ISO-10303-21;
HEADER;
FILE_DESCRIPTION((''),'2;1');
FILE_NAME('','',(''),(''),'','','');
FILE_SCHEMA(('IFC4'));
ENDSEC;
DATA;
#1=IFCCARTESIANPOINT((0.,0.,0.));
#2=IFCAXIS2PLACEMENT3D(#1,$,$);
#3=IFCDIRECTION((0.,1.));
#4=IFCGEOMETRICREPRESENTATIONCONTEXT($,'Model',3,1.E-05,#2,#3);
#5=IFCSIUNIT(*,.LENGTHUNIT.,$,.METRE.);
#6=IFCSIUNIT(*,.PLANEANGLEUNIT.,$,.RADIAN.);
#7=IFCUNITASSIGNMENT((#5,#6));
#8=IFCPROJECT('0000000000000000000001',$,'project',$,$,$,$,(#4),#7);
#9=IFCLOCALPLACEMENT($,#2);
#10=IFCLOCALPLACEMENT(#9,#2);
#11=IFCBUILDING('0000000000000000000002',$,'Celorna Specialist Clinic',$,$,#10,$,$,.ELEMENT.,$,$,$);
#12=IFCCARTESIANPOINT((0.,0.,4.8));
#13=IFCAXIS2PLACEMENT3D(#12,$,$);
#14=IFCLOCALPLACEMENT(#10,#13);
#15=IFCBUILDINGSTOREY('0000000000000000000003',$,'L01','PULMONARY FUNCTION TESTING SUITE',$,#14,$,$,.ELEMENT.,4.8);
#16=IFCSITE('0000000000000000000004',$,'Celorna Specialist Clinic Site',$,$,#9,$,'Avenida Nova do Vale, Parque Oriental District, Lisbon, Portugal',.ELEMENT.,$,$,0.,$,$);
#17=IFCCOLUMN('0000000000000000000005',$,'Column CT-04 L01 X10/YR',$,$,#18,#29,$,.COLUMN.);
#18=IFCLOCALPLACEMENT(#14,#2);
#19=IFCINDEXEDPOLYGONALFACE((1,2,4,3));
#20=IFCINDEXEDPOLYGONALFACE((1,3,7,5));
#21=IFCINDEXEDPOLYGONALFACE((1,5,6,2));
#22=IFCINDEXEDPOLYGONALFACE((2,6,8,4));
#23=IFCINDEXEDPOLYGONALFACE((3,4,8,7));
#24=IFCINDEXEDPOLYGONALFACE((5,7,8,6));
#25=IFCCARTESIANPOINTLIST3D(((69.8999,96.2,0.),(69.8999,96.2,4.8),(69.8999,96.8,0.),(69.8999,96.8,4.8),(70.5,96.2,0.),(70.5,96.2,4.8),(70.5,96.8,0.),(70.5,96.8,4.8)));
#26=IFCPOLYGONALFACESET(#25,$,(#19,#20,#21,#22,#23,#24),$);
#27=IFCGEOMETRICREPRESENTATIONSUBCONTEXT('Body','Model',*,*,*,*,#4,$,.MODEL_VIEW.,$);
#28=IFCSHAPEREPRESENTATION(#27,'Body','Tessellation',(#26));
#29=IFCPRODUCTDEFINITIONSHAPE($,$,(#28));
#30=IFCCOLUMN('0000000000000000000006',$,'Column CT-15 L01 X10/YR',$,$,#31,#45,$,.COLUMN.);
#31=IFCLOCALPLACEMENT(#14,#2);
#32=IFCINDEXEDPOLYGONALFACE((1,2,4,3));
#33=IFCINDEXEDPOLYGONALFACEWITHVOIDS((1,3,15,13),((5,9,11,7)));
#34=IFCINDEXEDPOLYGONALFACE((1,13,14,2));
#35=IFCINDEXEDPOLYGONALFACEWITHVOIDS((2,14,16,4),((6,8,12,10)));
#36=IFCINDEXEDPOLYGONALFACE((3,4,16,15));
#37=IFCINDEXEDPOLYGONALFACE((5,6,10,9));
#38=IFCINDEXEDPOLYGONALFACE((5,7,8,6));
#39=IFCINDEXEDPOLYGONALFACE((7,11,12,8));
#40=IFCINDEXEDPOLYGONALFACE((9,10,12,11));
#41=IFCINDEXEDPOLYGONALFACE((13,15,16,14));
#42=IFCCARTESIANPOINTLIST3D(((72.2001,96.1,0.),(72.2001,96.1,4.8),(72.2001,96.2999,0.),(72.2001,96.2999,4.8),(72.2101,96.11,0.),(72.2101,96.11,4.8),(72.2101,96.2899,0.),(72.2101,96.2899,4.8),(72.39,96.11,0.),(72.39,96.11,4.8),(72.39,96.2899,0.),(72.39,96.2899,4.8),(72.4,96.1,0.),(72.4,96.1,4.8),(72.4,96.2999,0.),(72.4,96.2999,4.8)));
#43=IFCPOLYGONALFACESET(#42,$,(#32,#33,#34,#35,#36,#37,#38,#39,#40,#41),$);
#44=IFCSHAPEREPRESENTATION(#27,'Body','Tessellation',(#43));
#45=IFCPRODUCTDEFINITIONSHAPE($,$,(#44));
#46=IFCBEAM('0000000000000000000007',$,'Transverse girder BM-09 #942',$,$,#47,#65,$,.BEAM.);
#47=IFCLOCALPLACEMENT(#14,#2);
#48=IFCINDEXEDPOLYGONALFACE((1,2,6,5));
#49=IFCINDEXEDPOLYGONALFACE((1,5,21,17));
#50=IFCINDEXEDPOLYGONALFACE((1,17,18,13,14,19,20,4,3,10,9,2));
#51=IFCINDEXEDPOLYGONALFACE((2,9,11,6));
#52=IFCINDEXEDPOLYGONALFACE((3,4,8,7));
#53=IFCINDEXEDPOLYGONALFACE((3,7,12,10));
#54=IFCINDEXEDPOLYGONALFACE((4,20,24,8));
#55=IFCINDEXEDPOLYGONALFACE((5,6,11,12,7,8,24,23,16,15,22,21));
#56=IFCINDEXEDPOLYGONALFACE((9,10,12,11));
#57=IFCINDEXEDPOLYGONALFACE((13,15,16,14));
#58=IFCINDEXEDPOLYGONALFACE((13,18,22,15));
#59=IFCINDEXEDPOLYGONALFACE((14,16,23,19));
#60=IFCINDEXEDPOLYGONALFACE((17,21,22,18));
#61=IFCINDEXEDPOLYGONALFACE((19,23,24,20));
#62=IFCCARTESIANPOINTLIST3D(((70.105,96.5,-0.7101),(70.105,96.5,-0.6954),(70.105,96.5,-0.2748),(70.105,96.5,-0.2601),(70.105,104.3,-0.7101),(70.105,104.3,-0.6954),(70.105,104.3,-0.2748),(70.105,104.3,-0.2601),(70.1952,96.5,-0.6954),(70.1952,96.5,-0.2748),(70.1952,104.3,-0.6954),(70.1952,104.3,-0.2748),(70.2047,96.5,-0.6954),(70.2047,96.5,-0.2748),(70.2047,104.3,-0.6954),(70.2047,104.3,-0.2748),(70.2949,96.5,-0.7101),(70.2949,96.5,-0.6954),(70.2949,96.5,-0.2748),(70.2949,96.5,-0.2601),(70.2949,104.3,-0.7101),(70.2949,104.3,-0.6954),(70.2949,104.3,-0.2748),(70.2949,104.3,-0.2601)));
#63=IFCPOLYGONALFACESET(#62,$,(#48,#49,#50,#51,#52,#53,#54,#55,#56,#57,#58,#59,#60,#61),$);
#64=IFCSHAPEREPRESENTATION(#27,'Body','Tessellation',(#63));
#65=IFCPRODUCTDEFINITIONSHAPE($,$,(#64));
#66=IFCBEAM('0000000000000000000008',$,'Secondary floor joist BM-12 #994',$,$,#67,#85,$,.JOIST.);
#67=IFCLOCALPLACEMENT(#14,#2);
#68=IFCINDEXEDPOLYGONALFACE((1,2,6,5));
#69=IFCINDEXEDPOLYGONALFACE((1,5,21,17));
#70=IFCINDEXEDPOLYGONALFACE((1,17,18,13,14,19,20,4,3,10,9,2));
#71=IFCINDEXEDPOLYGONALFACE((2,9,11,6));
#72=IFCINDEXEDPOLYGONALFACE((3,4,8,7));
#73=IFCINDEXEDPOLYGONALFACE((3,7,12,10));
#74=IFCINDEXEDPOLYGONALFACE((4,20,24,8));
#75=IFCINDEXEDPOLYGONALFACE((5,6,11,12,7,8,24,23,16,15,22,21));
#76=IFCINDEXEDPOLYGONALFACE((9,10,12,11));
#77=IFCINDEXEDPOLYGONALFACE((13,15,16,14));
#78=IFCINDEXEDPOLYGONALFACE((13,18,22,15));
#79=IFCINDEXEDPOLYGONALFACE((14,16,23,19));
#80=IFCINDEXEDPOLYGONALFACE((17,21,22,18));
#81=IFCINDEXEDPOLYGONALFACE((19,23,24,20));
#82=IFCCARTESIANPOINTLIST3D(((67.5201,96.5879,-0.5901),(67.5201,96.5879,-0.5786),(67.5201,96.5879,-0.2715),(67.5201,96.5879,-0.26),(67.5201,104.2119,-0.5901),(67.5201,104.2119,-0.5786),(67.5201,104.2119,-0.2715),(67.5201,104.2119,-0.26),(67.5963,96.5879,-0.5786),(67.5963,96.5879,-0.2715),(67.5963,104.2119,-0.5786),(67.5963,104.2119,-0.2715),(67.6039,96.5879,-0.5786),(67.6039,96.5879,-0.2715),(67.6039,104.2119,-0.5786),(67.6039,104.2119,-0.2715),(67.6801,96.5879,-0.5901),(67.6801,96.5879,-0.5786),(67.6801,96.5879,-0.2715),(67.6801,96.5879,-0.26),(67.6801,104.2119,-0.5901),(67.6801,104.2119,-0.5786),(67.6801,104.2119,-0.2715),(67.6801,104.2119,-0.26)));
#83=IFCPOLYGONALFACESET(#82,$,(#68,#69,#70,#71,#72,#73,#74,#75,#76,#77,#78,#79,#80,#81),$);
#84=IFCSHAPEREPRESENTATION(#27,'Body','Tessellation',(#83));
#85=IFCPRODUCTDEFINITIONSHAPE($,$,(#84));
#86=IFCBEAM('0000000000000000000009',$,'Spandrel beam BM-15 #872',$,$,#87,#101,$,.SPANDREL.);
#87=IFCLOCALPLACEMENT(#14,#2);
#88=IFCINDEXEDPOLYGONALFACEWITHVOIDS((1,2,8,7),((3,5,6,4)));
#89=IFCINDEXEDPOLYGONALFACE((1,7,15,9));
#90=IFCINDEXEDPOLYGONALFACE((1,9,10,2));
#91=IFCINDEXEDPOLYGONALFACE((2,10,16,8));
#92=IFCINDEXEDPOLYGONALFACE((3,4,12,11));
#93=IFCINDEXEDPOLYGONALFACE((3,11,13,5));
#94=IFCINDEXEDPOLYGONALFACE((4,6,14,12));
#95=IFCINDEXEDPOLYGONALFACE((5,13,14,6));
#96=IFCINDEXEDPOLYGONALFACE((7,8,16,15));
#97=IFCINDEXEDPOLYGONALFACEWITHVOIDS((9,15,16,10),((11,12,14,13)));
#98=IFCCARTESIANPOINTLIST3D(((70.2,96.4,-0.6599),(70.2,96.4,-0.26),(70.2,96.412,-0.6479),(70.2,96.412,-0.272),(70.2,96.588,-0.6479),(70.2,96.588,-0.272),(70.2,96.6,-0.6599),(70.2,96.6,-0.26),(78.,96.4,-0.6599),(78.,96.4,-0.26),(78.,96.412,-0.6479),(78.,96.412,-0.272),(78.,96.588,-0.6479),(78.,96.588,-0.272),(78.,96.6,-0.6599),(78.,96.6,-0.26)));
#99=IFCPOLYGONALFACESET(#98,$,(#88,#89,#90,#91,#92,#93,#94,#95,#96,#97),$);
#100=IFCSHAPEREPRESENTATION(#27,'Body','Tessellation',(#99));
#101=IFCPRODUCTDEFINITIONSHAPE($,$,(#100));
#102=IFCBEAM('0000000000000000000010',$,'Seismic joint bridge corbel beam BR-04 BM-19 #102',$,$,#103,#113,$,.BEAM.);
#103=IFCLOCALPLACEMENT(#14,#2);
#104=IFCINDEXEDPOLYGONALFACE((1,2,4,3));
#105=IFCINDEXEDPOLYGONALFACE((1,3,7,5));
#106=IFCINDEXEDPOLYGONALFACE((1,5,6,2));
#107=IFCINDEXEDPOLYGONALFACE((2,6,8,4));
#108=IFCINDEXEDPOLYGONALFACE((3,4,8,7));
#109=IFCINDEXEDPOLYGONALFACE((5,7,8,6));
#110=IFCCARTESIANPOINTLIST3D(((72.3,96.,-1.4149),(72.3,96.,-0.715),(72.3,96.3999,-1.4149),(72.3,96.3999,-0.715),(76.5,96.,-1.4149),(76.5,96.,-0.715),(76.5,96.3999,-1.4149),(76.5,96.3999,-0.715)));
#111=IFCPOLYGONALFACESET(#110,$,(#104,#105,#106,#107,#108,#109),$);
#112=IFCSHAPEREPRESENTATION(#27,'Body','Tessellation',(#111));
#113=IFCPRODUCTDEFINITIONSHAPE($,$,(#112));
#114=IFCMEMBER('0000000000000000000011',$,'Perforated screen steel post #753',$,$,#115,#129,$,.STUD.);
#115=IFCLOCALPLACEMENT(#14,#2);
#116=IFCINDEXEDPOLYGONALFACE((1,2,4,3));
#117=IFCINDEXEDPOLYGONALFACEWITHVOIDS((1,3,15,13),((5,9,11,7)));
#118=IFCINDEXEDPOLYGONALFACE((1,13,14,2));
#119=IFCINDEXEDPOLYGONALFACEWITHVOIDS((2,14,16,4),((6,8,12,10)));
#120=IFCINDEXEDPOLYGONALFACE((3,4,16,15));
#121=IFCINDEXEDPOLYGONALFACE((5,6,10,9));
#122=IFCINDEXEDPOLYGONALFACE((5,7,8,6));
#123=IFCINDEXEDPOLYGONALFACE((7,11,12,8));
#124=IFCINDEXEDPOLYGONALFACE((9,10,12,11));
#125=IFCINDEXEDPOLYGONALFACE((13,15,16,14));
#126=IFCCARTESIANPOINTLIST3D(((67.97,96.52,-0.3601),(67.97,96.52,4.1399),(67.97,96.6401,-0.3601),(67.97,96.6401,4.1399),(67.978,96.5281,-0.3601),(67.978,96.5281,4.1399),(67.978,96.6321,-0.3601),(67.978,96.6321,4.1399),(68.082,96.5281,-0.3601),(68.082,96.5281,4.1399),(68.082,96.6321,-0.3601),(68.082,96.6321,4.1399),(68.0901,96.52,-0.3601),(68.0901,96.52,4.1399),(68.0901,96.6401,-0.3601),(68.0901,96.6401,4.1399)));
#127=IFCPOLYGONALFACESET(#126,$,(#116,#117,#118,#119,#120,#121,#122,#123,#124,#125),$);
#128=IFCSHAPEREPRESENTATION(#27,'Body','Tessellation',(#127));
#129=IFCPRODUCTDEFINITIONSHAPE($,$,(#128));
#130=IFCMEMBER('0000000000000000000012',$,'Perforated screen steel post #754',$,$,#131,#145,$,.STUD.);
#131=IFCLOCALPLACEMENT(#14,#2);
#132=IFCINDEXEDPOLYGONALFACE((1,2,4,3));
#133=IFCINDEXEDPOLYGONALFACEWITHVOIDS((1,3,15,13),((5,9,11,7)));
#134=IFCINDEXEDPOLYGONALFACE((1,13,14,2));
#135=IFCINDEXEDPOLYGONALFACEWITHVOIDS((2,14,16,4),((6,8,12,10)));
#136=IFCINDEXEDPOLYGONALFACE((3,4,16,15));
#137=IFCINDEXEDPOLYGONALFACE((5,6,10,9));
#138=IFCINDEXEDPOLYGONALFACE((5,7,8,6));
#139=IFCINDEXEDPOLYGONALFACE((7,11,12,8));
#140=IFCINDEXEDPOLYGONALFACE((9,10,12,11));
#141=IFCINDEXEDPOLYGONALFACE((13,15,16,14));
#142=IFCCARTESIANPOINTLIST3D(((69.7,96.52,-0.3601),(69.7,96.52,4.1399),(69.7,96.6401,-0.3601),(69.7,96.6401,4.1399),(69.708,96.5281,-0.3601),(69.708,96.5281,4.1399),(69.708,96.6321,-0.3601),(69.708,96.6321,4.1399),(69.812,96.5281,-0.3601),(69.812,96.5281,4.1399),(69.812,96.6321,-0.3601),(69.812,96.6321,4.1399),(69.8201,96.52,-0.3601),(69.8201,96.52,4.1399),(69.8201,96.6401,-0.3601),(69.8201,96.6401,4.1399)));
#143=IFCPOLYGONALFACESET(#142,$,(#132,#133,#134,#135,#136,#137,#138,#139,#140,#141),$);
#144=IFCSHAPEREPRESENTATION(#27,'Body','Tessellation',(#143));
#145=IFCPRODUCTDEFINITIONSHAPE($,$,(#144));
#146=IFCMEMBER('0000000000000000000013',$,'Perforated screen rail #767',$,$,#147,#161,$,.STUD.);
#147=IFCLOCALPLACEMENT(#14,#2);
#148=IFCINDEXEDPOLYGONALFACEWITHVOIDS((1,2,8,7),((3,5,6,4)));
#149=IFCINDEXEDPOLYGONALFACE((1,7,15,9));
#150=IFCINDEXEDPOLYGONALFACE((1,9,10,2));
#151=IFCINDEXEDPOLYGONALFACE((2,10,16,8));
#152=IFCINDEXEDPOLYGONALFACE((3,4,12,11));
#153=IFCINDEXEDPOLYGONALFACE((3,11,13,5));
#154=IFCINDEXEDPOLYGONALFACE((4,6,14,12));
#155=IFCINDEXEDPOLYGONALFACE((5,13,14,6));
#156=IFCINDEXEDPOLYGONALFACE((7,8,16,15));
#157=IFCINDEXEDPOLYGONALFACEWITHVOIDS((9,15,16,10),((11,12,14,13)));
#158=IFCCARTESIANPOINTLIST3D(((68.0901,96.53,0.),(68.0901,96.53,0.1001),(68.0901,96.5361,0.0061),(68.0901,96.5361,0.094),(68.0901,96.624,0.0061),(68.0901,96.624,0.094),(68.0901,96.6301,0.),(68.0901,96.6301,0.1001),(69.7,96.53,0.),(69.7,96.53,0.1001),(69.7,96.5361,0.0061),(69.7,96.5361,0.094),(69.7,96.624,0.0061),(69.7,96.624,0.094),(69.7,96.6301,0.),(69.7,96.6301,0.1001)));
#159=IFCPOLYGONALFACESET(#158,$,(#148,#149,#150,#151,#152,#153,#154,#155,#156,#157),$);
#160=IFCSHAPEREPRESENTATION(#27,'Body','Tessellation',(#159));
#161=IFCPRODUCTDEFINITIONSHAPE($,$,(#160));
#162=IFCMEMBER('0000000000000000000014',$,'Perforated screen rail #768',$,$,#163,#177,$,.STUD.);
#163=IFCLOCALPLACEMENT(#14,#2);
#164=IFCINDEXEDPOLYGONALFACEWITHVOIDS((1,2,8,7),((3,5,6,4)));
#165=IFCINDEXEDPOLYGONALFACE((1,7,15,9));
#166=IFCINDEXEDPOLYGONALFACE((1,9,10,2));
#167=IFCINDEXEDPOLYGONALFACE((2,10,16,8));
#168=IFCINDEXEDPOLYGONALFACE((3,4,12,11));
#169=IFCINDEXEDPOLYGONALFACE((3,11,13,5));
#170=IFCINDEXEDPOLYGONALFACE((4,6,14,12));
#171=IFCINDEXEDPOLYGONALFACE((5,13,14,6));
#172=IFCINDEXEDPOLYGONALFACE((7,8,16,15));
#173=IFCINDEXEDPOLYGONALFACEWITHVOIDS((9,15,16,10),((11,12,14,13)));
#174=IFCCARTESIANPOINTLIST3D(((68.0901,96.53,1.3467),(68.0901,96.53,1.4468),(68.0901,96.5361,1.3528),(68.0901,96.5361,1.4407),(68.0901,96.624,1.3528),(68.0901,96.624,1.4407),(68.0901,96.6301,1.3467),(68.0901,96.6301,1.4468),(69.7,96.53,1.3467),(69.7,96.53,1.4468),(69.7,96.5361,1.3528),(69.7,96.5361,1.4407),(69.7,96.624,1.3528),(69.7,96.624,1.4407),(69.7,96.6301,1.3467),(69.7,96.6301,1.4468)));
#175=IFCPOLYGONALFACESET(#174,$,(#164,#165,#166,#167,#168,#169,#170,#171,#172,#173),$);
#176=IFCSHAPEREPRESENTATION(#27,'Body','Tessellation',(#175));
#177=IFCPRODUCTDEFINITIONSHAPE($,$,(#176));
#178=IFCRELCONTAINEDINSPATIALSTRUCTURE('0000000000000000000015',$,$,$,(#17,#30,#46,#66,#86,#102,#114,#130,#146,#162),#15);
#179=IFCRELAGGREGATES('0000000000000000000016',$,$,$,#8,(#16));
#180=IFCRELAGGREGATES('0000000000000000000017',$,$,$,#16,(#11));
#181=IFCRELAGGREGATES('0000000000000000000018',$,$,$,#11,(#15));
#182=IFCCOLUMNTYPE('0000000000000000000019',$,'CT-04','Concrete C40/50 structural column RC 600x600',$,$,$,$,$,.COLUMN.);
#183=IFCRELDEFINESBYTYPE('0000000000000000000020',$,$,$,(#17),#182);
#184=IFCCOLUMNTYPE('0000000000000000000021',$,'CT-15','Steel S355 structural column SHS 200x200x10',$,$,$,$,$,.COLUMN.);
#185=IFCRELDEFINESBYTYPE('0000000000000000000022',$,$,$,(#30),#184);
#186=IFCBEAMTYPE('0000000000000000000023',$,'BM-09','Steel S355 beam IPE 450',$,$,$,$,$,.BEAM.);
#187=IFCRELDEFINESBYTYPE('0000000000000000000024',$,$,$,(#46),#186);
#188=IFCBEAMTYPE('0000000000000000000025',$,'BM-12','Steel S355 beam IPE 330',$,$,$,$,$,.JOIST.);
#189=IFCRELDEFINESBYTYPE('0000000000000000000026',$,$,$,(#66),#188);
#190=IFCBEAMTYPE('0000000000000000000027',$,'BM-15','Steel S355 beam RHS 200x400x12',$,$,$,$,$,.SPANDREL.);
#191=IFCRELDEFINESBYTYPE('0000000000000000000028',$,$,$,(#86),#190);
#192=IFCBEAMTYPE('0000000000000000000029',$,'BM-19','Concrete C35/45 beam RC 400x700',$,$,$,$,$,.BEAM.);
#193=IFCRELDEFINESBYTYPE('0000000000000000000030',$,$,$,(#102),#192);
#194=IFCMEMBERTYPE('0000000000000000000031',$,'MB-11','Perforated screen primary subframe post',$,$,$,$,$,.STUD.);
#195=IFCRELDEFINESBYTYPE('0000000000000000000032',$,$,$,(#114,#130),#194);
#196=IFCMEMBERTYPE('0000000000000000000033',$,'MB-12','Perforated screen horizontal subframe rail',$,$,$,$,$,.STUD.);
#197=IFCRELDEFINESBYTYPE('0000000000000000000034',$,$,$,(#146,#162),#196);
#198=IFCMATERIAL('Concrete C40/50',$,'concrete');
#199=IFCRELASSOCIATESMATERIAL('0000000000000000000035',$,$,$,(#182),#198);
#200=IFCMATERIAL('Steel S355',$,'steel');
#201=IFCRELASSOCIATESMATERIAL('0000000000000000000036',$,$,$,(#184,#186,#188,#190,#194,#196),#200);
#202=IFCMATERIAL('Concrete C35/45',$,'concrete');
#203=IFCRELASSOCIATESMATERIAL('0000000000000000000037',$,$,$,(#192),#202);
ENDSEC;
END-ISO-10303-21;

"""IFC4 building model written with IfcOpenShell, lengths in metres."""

from ifc_helpers import new_model, si_unit, direction, frame, origin, origin_2d, place, context, subcontext, project, spatial, rectangle, hollow_rectangle, i_section, extrude, material, material_profile, profile_set, type_object, element, save


model = new_model("IFC4")

# Units and contexts
model_context = context("Model", 3, precision=1e-05, world=origin(), true_north=direction((0.0, 1.0)))
body_context = subcontext(model_context, "Body", "Model", "MODEL_VIEW")
ifc_project = project(units=[si_unit("LENGTHUNIT", "METRE"), si_unit("PLANEANGLEUNIT", "RADIAN")], contexts=[model_context])

# Site, building, storey
site_placement = place(None, origin())
site = spatial("IfcSite", under=ifc_project, at=site_placement, Name="Celorna Specialist Clinic Site", LongName="Avenida Nova do Vale, Parque Oriental District, Lisbon, Portugal", CompositionType="ELEMENT", RefElevation=0.0)
building_placement = place(site_placement, origin())
building = spatial("IfcBuilding", under=site, at=building_placement, Name="Celorna Specialist Clinic", CompositionType="ELEMENT")
storey_placement = place(building_placement, frame((0.0, 0.0, 4.8)))
storey = spatial("IfcBuildingStorey", under=building, at=storey_placement, Name="L01", Description="PULMONARY FUNCTION TESTING SUITE", CompositionType="ELEMENT", Elevation=4.8)

# Columns
ifc_material_1 = material(Name="Concrete C40/50", Category="concrete")
ifc_material_profile_1 = material_profile(ifc_material_1, rectangle(XDim=0.6001, YDim=0.6001, at=origin_2d()), Name="RC 600x600")
ifc_profile_set_1 = profile_set([ifc_material_profile_1], Name="Concrete C40/50")
column_type_1 = type_object("IfcColumnType", Name="CT-04", Description="Concrete C40/50 structural column RC 600x600", PredefinedType="COLUMN", material=ifc_profile_set_1)
column_1_placement = place(storey_placement, frame((70.2, 96.5, 0.0), z_axis=(0.0, 0.0, 1.0), x_axis=(1.0, 0.0, 0.0)))
element("IfcColumn", 1, at=column_1_placement, inside=storey, type_object=column_type_1, Name="Column CT-04 L01 X10/YR", PredefinedType="COLUMN", context=body_context, shape_type="SweptSolid", body=[
    extrude(rectangle(XDim=0.6001, YDim=0.6001, at=origin_2d()), origin(), (0.0, 0.0, 1.0), 4.8),
])
ifc_material_2 = material(Name="Steel S355", Category="steel")
ifc_material_profile_2 = material_profile(ifc_material_2, hollow_rectangle(XDim=0.2, YDim=0.2, WallThickness=0.01, at=origin_2d()), Name="SHS 200x200x10")
ifc_profile_set_2 = profile_set([ifc_material_profile_2], Name="Steel S355")
column_type_2 = type_object("IfcColumnType", Name="CT-15", Description="Steel S355 structural column SHS 200x200x10", PredefinedType="COLUMN", material=ifc_profile_set_2)
column_2_placement = place(storey_placement, frame((72.3, 96.2, 0.0), z_axis=(0.0, 0.0, 1.0), x_axis=(1.0, 0.0, 0.0)))
element("IfcColumn", 2, at=column_2_placement, inside=storey, type_object=column_type_2, Name="Column CT-15 L01 X10/YR", PredefinedType="COLUMN", context=body_context, shape_type="SweptSolid", body=[
    extrude(hollow_rectangle(XDim=0.2, YDim=0.2, WallThickness=0.01, at=origin_2d()), origin(), (0.0, 0.0, 1.0), 4.8),
])

# Beams
ifc_material_profile_3 = material_profile(ifc_material_2, i_section(OverallWidth=0.1899, OverallDepth=0.45, WebThickness=0.0095, FlangeThickness=0.0146, at=origin_2d()), Name="IPE 450")
ifc_profile_set_3 = profile_set([ifc_material_profile_3], Name="Steel S355")
beam_type_1 = type_object("IfcBeamType", Name="BM-09", Description="Steel S355 beam IPE 450", PredefinedType="BEAM", material=ifc_profile_set_3)
beam_1_placement = place(storey_placement, frame((70.2, 96.5, -0.4851), z_axis=(0.0, 1.0, 0.0), x_axis=(-1.0, 0.0, 0.0)))
element("IfcBeam", 3, at=beam_1_placement, inside=storey, type_object=beam_type_1, Name="Transverse girder BM-09 #942", PredefinedType="BEAM", context=body_context, shape_type="SweptSolid", body=[
    extrude(i_section(OverallWidth=0.1899, OverallDepth=0.45, WebThickness=0.0095, FlangeThickness=0.0146, at=origin_2d()), origin(), (0.0, 0.0, 1.0), 7.8),
])
ifc_material_profile_4 = material_profile(ifc_material_2, i_section(OverallWidth=0.1599, OverallDepth=0.3301, WebThickness=0.0076, FlangeThickness=0.0115, at=origin_2d()), Name="IPE 330")
ifc_profile_set_4 = profile_set([ifc_material_profile_4], Name="Steel S355")
beam_type_2 = type_object("IfcBeamType", Name="BM-12", Description="Steel S355 beam IPE 330", PredefinedType="JOIST", material=ifc_profile_set_4)
beam_2_placement = place(storey_placement, frame((67.6001, 96.5879, -0.425), z_axis=(0.0, 1.0, 0.0), x_axis=(-1.0, 0.0, 0.0)))
element("IfcBeam", 4, at=beam_2_placement, inside=storey, type_object=beam_type_2, Name="Secondary floor joist BM-12 #994", PredefinedType="JOIST", context=body_context, shape_type="SweptSolid", body=[
    extrude(i_section(OverallWidth=0.1599, OverallDepth=0.3301, WebThickness=0.0076, FlangeThickness=0.0115, at=origin_2d()), origin(), (0.0, 0.0, 1.0), 7.624),
])
ifc_material_profile_5 = material_profile(ifc_material_2, hollow_rectangle(XDim=0.2, YDim=0.3999, WallThickness=0.012, at=origin_2d()), Name="RHS 200x400x12")
ifc_profile_set_5 = profile_set([ifc_material_profile_5], Name="Steel S355")
beam_type_3 = type_object("IfcBeamType", Name="BM-15", Description="Steel S355 beam RHS 200x400x12", PredefinedType="SPANDREL", material=ifc_profile_set_5)
beam_3_placement = place(storey_placement, frame((70.2, 96.5, -0.46), z_axis=(1.0, 0.0, 0.0), x_axis=(0.0, 1.0, 0.0)))
element("IfcBeam", 5, at=beam_3_placement, inside=storey, type_object=beam_type_3, Name="Spandrel beam BM-15 #872", PredefinedType="SPANDREL", context=body_context, shape_type="SweptSolid", body=[
    extrude(hollow_rectangle(XDim=0.2, YDim=0.3999, WallThickness=0.012, at=origin_2d()), origin(), (0.0, 0.0, 1.0), 7.8),
])
ifc_material_3 = material(Name="Concrete C35/45", Category="concrete")
ifc_material_profile_6 = material_profile(ifc_material_3, rectangle(XDim=0.3999, YDim=0.7, at=origin_2d()), Name="RC 400x700")
ifc_profile_set_6 = profile_set([ifc_material_profile_6], Name="Concrete C35/45")
beam_type_4 = type_object("IfcBeamType", Name="BM-19", Description="Concrete C35/45 beam RC 400x700", PredefinedType="BEAM", material=ifc_profile_set_6)
beam_4_placement = place(storey_placement, frame((72.3, 96.2, -1.0649), z_axis=(1.0, 0.0, 0.0), x_axis=(0.0, 1.0, 0.0)))
element("IfcBeam", 6, at=beam_4_placement, inside=storey, type_object=beam_type_4, Name="Seismic joint bridge corbel beam BR-04 BM-19 #102", PredefinedType="BEAM", context=body_context, shape_type="SweptSolid", body=[
    extrude(rectangle(XDim=0.3999, YDim=0.7, at=origin_2d()), origin(), (0.0, 0.0, 1.0), 4.2),
])

# Members
ifc_material_profile_7 = material_profile(ifc_material_2, hollow_rectangle(XDim=0.1201, YDim=0.1201, WallThickness=0.0081, at=origin_2d()), Name="SHS 120x120x8")
ifc_profile_set_7 = profile_set([ifc_material_profile_7], Name="Steel S355")
member_type_1 = type_object("IfcMemberType", Name="MB-11", Description="Perforated screen primary subframe post", PredefinedType="STUD", material=ifc_profile_set_7)
for number, where, z_axis, x_axis, name in (
    (7, (68.03, 96.5801, -0.3601), (0.0, 0.0, 1.0), (1.0, 0.0, 0.0), "Perforated screen steel post #753"),
    (8, (69.76, 96.5801, -0.3601), (0.0, 0.0, 1.0), (1.0, 0.0, 0.0), "Perforated screen steel post #754"),
):
    element("IfcMember", number, at=place(storey_placement, frame(where, z_axis=z_axis, x_axis=x_axis)), inside=storey, type_object=member_type_1, Name=name, PredefinedType="STUD", context=body_context, shape_type="SweptSolid", body=[
        extrude(hollow_rectangle(XDim=0.1201, YDim=0.1201, WallThickness=0.0081, at=origin_2d()), origin(), (0.0, 0.0, 1.0), 4.5),
    ])
ifc_material_profile_8 = material_profile(ifc_material_2, hollow_rectangle(XDim=0.1001, YDim=0.1001, WallThickness=0.0061, at=origin_2d()), Name="SHS 100x100x6")
ifc_profile_set_8 = profile_set([ifc_material_profile_8], Name="Steel S355")
member_type_2 = type_object("IfcMemberType", Name="MB-12", Description="Perforated screen horizontal subframe rail", PredefinedType="STUD", material=ifc_profile_set_8)
for number, where, z_axis, x_axis, name in (
    (9, (68.0901, 96.5801, 0.05), (1.0, 0.0, 0.0), (0.0, 1.0, 0.0), "Perforated screen rail #767"),
    (10, (68.0901, 96.5801, 1.3967), (1.0, 0.0, 0.0), (0.0, 1.0, 0.0), "Perforated screen rail #768"),
):
    element("IfcMember", number, at=place(storey_placement, frame(where, z_axis=z_axis, x_axis=x_axis)), inside=storey, type_object=member_type_2, Name=name, PredefinedType="STUD", context=body_context, shape_type="SweptSolid", body=[
        extrude(hollow_rectangle(XDim=0.1001, YDim=0.1001, WallThickness=0.0061, at=origin_2d()), origin(), (0.0, 0.0, 1.0), 1.6099),
    ])

save(model, "model.ifc")
